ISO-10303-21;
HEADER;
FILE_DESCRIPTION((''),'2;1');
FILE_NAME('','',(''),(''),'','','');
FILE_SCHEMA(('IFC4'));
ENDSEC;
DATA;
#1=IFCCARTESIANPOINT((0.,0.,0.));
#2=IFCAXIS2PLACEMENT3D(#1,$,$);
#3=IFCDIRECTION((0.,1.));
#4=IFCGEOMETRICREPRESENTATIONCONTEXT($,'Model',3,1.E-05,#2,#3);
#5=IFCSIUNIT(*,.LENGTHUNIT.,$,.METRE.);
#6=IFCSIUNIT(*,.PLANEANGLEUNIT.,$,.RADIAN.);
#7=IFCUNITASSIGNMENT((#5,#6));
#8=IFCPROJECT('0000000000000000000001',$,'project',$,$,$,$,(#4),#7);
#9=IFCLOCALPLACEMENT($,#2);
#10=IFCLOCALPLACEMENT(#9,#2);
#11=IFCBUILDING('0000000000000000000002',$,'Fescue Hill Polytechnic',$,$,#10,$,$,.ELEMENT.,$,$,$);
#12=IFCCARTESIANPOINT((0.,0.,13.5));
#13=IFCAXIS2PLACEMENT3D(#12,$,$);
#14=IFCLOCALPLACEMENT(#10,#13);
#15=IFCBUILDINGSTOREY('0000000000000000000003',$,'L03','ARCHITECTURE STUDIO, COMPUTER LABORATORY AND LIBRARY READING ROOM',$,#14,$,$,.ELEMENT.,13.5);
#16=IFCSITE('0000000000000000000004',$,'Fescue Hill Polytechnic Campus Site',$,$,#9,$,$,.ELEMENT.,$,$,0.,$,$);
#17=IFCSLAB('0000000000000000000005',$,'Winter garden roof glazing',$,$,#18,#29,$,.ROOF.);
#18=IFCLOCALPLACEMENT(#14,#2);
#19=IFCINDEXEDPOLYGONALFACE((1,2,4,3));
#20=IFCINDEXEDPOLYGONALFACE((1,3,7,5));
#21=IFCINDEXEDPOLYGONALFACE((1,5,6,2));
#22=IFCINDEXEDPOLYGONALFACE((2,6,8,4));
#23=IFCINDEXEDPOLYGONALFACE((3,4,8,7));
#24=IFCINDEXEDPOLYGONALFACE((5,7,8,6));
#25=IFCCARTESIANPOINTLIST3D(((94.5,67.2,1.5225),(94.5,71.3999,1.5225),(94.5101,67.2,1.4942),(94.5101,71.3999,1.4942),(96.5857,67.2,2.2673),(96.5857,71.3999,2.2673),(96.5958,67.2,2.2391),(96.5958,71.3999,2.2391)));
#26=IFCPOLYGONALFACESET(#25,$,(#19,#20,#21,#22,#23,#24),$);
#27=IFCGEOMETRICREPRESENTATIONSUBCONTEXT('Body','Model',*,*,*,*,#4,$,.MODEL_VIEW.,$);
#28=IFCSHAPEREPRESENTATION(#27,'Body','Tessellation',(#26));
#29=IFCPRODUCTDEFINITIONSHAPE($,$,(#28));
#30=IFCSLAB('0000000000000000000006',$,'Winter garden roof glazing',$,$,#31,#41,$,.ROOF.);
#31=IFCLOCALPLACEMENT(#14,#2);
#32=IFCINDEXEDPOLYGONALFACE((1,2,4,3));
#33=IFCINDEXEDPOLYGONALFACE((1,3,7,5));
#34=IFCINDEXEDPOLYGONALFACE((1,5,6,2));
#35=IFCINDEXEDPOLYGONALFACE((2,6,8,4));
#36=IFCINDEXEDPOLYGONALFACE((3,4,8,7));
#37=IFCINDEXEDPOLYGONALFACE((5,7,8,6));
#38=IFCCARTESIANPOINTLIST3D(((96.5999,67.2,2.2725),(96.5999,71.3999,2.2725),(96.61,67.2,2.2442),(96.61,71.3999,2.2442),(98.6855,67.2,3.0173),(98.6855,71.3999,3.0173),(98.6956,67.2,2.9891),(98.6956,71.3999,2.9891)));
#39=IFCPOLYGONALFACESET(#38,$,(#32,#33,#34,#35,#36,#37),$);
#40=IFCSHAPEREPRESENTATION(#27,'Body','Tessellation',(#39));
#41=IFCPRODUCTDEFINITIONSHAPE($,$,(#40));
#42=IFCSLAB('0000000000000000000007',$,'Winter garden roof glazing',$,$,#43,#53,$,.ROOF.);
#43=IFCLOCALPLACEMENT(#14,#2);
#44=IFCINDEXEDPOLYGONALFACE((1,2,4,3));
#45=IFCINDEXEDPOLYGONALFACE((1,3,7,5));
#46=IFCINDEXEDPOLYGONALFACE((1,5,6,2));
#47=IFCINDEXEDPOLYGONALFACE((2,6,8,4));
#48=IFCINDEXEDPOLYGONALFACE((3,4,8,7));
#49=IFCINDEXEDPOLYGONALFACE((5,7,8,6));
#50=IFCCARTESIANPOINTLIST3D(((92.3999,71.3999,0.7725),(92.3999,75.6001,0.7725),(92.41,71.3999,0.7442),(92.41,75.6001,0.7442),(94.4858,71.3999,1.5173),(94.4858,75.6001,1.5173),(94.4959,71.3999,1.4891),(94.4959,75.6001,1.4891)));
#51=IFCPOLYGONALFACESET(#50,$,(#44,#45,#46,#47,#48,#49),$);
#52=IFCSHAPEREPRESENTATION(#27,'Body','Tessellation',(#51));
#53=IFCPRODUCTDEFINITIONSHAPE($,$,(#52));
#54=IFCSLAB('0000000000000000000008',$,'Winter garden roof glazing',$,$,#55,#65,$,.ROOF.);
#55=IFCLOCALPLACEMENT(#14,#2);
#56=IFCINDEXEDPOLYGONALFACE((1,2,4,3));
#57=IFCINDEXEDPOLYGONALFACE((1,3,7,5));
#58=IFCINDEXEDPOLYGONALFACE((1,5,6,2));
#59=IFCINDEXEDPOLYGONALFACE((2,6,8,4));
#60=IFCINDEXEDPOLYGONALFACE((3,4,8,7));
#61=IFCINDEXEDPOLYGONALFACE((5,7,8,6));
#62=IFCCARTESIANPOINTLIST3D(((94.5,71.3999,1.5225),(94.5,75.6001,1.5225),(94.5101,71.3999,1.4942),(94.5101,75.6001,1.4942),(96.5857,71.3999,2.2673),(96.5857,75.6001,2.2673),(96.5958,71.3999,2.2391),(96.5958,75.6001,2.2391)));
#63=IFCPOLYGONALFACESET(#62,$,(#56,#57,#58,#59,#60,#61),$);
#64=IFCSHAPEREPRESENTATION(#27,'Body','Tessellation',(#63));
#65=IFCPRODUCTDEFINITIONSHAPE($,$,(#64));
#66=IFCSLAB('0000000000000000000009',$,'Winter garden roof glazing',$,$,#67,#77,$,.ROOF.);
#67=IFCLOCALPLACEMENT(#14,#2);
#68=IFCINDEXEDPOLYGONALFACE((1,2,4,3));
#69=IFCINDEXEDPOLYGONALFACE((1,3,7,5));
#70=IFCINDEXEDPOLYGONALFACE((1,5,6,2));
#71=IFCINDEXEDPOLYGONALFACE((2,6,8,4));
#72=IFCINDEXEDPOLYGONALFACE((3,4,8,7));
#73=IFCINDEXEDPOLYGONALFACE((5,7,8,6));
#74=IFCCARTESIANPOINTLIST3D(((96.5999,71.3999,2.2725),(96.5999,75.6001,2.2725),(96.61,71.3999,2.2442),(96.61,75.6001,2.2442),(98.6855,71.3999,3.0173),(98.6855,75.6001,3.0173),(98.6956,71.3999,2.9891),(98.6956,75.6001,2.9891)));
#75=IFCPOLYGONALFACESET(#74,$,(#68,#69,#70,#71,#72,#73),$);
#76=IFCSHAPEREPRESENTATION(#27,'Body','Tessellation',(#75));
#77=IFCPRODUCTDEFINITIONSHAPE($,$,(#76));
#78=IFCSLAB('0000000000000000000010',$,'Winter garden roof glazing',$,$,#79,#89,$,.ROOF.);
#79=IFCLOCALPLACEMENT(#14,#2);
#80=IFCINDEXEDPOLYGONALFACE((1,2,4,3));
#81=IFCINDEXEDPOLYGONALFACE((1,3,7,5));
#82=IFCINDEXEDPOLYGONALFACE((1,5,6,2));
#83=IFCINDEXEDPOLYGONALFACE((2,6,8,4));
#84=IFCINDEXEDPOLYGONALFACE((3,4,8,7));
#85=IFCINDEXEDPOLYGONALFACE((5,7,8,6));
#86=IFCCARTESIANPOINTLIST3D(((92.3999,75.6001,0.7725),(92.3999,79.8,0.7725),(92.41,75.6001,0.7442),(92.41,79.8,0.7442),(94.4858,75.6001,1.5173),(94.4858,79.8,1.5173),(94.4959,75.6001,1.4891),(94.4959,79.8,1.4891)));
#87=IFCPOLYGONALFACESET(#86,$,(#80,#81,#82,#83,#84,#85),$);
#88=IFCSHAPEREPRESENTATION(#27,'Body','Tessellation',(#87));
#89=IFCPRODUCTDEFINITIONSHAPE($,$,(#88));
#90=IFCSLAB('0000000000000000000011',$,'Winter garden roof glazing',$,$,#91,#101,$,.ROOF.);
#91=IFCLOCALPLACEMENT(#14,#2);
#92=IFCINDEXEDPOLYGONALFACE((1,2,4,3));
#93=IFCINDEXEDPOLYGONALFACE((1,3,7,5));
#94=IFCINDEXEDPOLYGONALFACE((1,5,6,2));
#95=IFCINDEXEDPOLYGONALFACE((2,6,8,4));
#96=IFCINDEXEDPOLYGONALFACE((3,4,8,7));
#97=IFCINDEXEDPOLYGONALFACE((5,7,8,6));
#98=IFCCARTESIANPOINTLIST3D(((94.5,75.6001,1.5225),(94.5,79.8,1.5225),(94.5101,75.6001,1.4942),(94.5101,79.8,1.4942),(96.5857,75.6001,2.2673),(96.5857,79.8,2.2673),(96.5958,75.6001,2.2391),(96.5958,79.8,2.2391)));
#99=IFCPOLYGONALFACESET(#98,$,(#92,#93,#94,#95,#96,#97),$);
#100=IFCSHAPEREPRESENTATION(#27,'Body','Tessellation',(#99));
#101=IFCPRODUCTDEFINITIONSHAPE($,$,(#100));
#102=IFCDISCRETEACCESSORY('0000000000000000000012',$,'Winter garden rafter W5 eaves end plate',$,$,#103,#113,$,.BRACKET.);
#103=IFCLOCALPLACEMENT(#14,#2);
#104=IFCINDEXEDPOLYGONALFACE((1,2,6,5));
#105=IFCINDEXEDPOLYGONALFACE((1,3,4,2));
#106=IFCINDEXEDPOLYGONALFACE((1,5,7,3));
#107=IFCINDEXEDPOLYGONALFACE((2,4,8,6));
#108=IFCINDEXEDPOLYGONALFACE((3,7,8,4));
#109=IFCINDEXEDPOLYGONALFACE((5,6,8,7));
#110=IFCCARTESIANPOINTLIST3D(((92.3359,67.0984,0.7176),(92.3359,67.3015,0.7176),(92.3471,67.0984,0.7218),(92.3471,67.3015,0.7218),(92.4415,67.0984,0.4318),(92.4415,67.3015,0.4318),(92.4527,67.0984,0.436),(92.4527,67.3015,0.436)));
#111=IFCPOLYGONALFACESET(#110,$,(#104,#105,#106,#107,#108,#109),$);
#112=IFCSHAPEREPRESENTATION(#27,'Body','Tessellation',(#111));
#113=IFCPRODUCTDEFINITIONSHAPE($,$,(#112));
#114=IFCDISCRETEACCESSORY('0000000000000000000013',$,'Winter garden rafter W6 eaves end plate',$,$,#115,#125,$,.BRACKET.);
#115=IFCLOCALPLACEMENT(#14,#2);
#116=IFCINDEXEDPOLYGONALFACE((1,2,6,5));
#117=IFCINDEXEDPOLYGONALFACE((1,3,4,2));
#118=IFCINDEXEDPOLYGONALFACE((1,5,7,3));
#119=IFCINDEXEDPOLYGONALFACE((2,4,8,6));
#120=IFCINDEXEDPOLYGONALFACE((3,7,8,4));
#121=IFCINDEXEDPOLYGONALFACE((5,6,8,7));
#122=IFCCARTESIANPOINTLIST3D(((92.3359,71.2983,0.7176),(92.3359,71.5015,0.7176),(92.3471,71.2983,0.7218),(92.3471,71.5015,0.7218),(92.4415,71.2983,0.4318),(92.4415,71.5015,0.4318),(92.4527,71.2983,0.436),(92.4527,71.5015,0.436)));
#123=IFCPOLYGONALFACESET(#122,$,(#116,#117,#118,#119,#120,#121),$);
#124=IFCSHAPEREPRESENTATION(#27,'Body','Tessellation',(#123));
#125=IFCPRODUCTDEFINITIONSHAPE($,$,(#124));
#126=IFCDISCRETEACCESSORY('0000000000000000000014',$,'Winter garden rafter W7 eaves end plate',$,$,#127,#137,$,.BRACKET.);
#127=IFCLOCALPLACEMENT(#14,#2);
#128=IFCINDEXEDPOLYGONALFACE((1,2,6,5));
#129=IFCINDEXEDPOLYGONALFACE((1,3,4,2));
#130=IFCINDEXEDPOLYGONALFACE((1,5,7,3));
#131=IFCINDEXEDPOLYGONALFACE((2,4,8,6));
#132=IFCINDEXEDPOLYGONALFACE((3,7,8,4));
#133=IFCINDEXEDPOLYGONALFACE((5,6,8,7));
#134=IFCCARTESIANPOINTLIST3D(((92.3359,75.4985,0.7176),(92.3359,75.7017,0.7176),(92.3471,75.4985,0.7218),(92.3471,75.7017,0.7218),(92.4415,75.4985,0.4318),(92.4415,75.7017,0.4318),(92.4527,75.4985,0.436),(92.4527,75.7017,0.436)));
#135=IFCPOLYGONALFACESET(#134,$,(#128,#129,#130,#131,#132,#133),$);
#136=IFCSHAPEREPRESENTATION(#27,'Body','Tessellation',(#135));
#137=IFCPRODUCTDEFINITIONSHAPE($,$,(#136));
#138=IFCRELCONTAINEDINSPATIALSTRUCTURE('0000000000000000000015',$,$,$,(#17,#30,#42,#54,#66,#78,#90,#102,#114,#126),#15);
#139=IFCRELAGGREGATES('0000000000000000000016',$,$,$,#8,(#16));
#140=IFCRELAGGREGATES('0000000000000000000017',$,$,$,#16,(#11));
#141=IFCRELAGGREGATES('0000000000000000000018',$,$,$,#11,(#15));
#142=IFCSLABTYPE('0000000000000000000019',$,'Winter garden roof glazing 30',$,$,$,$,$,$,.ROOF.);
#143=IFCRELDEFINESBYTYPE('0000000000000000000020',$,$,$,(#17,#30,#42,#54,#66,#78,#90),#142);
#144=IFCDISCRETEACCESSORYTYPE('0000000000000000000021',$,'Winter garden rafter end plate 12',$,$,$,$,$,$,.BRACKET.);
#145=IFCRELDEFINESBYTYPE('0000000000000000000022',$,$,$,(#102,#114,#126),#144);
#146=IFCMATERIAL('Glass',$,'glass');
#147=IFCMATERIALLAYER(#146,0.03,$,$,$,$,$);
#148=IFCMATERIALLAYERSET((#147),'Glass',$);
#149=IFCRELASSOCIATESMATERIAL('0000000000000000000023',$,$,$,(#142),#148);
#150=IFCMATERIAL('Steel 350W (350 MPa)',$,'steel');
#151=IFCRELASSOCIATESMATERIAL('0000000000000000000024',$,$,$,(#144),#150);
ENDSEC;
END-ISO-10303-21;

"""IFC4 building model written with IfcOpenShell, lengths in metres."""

from ifc_helpers import new_model, si_unit, direction, frame, origin, origin_2d, place, context, subcontext, project, spatial, polyline, rectangle, outline, extrude, material, layer, layer_set, material_profile, profile_set, type_object, element, save


model = new_model("IFC4")

# Units and contexts
model_context = context("Model", 3, precision=1e-05, world=origin(), true_north=direction((0.0, 1.0)))
body_context = subcontext(model_context, "Body", "Model", "MODEL_VIEW")
ifc_project = project(units=[si_unit("LENGTHUNIT", "METRE"), si_unit("PLANEANGLEUNIT", "RADIAN")], contexts=[model_context])

# Site, building, storey
site_placement = place(None, origin())
site = spatial("IfcSite", under=ifc_project, at=site_placement, Name="Fescue Hill Polytechnic Campus Site", CompositionType="ELEMENT", RefElevation=0.0)
building_placement = place(site_placement, origin())
building = spatial("IfcBuilding", under=site, at=building_placement, Name="Fescue Hill Polytechnic", CompositionType="ELEMENT")
storey_placement = place(building_placement, frame((0.0, 0.0, 13.5)))
storey = spatial("IfcBuildingStorey", under=building, at=storey_placement, Name="L03", Description="ARCHITECTURE STUDIO, COMPUTER LABORATORY AND LIBRARY READING ROOM", CompositionType="ELEMENT", Elevation=13.5)

# Shared definitions
ifc_material_1 = material(Name="Steel 350W (350 MPa)", Category="steel")

# Shared definitions
ifc_material_2 = material(Name="Glass", Category="glass")
ifc_layer = layer(ifc_material_2, 0.03)
ifc_layer_set = layer_set([ifc_layer], Name="Glass")
slab_type = type_object("IfcSlabType", Name="Winter garden roof glazing 30", PredefinedType="ROOF", material=ifc_layer_set)

# Slabs
for number, where, z_axis, x_axis, name in (
    (1, (94.5, 67.2, 1.5225), (-0.336329, 0.0, 0.941744), (0.0, 1.0, 0.0), "Winter garden roof glazing"),
    (2, (96.5999, 67.2, 2.2725), (-0.336329, 0.0, 0.941744), (0.0, 1.0, 0.0), "Winter garden roof glazing"),
):
    element("IfcSlab", number, at=place(storey_placement, frame(where, z_axis=z_axis, x_axis=x_axis)), inside=storey, type_object=slab_type, Name=name, PredefinedType="ROOF", context=body_context, shape_type="SweptSolid", body=[
        extrude(outline(polyline([(0.0, 0.0), (4.2, 0.0), (4.2, -2.2147), (0.0, -2.2147), (0.0, 0.0)])), origin(), (0.0, 0.0, -1.0), 0.03),
    ])
slab_1_placement = place(storey_placement, frame((92.3999, 71.3999, 0.7725), z_axis=(-0.336295, 0.0, 0.941757), x_axis=(0.0, 1.0, 0.0)))
element("IfcSlab", 3, at=slab_1_placement, inside=storey, type_object=slab_type, Name="Winter garden roof glazing", PredefinedType="ROOF", context=body_context, shape_type="SweptSolid", body=[
    extrude(outline(polyline([(0.0, 0.0), (4.2002, 0.0), (4.2002, -2.2149), (0.0, -2.2149), (0.0, 0.0)])), origin(), (0.0, 0.0, -1.0), 0.03),
])
for number, where, z_axis, x_axis, name in (
    (4, (94.5, 71.3999, 1.5225), (-0.336329, 0.0, 0.941744), (0.0, 1.0, 0.0), "Winter garden roof glazing"),
    (5, (96.5999, 71.3999, 2.2725), (-0.336329, 0.0, 0.941744), (0.0, 1.0, 0.0), "Winter garden roof glazing"),
):
    element("IfcSlab", number, at=place(storey_placement, frame(where, z_axis=z_axis, x_axis=x_axis)), inside=storey, type_object=slab_type, Name=name, PredefinedType="ROOF", context=body_context, shape_type="SweptSolid", body=[
        extrude(outline(polyline([(0.0, 0.0), (4.2002, 0.0), (4.2002, -2.2147), (0.0, -2.2147), (0.0, 0.0)])), origin(), (0.0, 0.0, -1.0), 0.03),
    ])
slab_2_placement = place(storey_placement, frame((92.3999, 75.6001, 0.7725), z_axis=(-0.336295, 0.0, 0.941757), x_axis=(0.0, 1.0, 0.0)))
element("IfcSlab", 6, at=slab_2_placement, inside=storey, type_object=slab_type, Name="Winter garden roof glazing", PredefinedType="ROOF", context=body_context, shape_type="SweptSolid", body=[
    extrude(outline(polyline([(0.0, 0.0), (4.2, 0.0), (4.2, -2.2149), (0.0, -2.2149), (0.0, 0.0)])), origin(), (0.0, 0.0, -1.0), 0.03),
])
slab_3_placement = place(storey_placement, frame((94.5, 75.6001, 1.5225), z_axis=(-0.336329, 0.0, 0.941744), x_axis=(0.0, 1.0, 0.0)))
element("IfcSlab", 7, at=slab_3_placement, inside=storey, type_object=slab_type, Name="Winter garden roof glazing", PredefinedType="ROOF", context=body_context, shape_type="SweptSolid", body=[
    extrude(outline(polyline([(0.0, 0.0), (4.2, 0.0), (4.2, -2.2147), (0.0, -2.2147), (0.0, 0.0)])), origin(), (0.0, 0.0, -1.0), 0.03),
])

# Discrete accessories
ifc_material_profile_1 = material_profile(ifc_material_1, rectangle(XDim=0.2031, YDim=0.3047, at=origin_2d()), Name="Winter garden rafter end plate 12")
ifc_profile_set_1 = profile_set([ifc_material_profile_1], Name="Steel 350W (350 MPa)")
discrete_accessory_type = type_object("IfcDiscreteAccessoryType", Name="Winter garden rafter end plate 12", PredefinedType="BRACKET", material=ifc_profile_set_1)
for number, where, z_axis, x_axis, name in (
    (8, (92.3887, 67.2, 0.5747), (0.937994, 0.0, 0.34665), (0.0, 1.0, 0.0), "Winter garden rafter W5 eaves end plate"),
    (9, (92.3887, 71.3999, 0.5747), (0.937994, 0.0, 0.34665), (0.0, 1.0, 0.0), "Winter garden rafter W6 eaves end plate"),
    (10, (92.3887, 75.6001, 0.5747), (0.937994, 0.0, 0.34665), (0.0, 1.0, 0.0), "Winter garden rafter W7 eaves end plate"),
):
    element("IfcDiscreteAccessory", number, at=place(storey_placement, frame(where, z_axis=z_axis, x_axis=x_axis)), inside=storey, type_object=discrete_accessory_type, Name=name, PredefinedType="BRACKET", context=body_context, shape_type="SweptSolid", body=[
        extrude(rectangle(XDim=0.2031, YDim=0.3047, at=origin_2d()), origin(), (0.0, 0.0, 1.0), 0.012),
    ])

save(model, "model.ifc")
